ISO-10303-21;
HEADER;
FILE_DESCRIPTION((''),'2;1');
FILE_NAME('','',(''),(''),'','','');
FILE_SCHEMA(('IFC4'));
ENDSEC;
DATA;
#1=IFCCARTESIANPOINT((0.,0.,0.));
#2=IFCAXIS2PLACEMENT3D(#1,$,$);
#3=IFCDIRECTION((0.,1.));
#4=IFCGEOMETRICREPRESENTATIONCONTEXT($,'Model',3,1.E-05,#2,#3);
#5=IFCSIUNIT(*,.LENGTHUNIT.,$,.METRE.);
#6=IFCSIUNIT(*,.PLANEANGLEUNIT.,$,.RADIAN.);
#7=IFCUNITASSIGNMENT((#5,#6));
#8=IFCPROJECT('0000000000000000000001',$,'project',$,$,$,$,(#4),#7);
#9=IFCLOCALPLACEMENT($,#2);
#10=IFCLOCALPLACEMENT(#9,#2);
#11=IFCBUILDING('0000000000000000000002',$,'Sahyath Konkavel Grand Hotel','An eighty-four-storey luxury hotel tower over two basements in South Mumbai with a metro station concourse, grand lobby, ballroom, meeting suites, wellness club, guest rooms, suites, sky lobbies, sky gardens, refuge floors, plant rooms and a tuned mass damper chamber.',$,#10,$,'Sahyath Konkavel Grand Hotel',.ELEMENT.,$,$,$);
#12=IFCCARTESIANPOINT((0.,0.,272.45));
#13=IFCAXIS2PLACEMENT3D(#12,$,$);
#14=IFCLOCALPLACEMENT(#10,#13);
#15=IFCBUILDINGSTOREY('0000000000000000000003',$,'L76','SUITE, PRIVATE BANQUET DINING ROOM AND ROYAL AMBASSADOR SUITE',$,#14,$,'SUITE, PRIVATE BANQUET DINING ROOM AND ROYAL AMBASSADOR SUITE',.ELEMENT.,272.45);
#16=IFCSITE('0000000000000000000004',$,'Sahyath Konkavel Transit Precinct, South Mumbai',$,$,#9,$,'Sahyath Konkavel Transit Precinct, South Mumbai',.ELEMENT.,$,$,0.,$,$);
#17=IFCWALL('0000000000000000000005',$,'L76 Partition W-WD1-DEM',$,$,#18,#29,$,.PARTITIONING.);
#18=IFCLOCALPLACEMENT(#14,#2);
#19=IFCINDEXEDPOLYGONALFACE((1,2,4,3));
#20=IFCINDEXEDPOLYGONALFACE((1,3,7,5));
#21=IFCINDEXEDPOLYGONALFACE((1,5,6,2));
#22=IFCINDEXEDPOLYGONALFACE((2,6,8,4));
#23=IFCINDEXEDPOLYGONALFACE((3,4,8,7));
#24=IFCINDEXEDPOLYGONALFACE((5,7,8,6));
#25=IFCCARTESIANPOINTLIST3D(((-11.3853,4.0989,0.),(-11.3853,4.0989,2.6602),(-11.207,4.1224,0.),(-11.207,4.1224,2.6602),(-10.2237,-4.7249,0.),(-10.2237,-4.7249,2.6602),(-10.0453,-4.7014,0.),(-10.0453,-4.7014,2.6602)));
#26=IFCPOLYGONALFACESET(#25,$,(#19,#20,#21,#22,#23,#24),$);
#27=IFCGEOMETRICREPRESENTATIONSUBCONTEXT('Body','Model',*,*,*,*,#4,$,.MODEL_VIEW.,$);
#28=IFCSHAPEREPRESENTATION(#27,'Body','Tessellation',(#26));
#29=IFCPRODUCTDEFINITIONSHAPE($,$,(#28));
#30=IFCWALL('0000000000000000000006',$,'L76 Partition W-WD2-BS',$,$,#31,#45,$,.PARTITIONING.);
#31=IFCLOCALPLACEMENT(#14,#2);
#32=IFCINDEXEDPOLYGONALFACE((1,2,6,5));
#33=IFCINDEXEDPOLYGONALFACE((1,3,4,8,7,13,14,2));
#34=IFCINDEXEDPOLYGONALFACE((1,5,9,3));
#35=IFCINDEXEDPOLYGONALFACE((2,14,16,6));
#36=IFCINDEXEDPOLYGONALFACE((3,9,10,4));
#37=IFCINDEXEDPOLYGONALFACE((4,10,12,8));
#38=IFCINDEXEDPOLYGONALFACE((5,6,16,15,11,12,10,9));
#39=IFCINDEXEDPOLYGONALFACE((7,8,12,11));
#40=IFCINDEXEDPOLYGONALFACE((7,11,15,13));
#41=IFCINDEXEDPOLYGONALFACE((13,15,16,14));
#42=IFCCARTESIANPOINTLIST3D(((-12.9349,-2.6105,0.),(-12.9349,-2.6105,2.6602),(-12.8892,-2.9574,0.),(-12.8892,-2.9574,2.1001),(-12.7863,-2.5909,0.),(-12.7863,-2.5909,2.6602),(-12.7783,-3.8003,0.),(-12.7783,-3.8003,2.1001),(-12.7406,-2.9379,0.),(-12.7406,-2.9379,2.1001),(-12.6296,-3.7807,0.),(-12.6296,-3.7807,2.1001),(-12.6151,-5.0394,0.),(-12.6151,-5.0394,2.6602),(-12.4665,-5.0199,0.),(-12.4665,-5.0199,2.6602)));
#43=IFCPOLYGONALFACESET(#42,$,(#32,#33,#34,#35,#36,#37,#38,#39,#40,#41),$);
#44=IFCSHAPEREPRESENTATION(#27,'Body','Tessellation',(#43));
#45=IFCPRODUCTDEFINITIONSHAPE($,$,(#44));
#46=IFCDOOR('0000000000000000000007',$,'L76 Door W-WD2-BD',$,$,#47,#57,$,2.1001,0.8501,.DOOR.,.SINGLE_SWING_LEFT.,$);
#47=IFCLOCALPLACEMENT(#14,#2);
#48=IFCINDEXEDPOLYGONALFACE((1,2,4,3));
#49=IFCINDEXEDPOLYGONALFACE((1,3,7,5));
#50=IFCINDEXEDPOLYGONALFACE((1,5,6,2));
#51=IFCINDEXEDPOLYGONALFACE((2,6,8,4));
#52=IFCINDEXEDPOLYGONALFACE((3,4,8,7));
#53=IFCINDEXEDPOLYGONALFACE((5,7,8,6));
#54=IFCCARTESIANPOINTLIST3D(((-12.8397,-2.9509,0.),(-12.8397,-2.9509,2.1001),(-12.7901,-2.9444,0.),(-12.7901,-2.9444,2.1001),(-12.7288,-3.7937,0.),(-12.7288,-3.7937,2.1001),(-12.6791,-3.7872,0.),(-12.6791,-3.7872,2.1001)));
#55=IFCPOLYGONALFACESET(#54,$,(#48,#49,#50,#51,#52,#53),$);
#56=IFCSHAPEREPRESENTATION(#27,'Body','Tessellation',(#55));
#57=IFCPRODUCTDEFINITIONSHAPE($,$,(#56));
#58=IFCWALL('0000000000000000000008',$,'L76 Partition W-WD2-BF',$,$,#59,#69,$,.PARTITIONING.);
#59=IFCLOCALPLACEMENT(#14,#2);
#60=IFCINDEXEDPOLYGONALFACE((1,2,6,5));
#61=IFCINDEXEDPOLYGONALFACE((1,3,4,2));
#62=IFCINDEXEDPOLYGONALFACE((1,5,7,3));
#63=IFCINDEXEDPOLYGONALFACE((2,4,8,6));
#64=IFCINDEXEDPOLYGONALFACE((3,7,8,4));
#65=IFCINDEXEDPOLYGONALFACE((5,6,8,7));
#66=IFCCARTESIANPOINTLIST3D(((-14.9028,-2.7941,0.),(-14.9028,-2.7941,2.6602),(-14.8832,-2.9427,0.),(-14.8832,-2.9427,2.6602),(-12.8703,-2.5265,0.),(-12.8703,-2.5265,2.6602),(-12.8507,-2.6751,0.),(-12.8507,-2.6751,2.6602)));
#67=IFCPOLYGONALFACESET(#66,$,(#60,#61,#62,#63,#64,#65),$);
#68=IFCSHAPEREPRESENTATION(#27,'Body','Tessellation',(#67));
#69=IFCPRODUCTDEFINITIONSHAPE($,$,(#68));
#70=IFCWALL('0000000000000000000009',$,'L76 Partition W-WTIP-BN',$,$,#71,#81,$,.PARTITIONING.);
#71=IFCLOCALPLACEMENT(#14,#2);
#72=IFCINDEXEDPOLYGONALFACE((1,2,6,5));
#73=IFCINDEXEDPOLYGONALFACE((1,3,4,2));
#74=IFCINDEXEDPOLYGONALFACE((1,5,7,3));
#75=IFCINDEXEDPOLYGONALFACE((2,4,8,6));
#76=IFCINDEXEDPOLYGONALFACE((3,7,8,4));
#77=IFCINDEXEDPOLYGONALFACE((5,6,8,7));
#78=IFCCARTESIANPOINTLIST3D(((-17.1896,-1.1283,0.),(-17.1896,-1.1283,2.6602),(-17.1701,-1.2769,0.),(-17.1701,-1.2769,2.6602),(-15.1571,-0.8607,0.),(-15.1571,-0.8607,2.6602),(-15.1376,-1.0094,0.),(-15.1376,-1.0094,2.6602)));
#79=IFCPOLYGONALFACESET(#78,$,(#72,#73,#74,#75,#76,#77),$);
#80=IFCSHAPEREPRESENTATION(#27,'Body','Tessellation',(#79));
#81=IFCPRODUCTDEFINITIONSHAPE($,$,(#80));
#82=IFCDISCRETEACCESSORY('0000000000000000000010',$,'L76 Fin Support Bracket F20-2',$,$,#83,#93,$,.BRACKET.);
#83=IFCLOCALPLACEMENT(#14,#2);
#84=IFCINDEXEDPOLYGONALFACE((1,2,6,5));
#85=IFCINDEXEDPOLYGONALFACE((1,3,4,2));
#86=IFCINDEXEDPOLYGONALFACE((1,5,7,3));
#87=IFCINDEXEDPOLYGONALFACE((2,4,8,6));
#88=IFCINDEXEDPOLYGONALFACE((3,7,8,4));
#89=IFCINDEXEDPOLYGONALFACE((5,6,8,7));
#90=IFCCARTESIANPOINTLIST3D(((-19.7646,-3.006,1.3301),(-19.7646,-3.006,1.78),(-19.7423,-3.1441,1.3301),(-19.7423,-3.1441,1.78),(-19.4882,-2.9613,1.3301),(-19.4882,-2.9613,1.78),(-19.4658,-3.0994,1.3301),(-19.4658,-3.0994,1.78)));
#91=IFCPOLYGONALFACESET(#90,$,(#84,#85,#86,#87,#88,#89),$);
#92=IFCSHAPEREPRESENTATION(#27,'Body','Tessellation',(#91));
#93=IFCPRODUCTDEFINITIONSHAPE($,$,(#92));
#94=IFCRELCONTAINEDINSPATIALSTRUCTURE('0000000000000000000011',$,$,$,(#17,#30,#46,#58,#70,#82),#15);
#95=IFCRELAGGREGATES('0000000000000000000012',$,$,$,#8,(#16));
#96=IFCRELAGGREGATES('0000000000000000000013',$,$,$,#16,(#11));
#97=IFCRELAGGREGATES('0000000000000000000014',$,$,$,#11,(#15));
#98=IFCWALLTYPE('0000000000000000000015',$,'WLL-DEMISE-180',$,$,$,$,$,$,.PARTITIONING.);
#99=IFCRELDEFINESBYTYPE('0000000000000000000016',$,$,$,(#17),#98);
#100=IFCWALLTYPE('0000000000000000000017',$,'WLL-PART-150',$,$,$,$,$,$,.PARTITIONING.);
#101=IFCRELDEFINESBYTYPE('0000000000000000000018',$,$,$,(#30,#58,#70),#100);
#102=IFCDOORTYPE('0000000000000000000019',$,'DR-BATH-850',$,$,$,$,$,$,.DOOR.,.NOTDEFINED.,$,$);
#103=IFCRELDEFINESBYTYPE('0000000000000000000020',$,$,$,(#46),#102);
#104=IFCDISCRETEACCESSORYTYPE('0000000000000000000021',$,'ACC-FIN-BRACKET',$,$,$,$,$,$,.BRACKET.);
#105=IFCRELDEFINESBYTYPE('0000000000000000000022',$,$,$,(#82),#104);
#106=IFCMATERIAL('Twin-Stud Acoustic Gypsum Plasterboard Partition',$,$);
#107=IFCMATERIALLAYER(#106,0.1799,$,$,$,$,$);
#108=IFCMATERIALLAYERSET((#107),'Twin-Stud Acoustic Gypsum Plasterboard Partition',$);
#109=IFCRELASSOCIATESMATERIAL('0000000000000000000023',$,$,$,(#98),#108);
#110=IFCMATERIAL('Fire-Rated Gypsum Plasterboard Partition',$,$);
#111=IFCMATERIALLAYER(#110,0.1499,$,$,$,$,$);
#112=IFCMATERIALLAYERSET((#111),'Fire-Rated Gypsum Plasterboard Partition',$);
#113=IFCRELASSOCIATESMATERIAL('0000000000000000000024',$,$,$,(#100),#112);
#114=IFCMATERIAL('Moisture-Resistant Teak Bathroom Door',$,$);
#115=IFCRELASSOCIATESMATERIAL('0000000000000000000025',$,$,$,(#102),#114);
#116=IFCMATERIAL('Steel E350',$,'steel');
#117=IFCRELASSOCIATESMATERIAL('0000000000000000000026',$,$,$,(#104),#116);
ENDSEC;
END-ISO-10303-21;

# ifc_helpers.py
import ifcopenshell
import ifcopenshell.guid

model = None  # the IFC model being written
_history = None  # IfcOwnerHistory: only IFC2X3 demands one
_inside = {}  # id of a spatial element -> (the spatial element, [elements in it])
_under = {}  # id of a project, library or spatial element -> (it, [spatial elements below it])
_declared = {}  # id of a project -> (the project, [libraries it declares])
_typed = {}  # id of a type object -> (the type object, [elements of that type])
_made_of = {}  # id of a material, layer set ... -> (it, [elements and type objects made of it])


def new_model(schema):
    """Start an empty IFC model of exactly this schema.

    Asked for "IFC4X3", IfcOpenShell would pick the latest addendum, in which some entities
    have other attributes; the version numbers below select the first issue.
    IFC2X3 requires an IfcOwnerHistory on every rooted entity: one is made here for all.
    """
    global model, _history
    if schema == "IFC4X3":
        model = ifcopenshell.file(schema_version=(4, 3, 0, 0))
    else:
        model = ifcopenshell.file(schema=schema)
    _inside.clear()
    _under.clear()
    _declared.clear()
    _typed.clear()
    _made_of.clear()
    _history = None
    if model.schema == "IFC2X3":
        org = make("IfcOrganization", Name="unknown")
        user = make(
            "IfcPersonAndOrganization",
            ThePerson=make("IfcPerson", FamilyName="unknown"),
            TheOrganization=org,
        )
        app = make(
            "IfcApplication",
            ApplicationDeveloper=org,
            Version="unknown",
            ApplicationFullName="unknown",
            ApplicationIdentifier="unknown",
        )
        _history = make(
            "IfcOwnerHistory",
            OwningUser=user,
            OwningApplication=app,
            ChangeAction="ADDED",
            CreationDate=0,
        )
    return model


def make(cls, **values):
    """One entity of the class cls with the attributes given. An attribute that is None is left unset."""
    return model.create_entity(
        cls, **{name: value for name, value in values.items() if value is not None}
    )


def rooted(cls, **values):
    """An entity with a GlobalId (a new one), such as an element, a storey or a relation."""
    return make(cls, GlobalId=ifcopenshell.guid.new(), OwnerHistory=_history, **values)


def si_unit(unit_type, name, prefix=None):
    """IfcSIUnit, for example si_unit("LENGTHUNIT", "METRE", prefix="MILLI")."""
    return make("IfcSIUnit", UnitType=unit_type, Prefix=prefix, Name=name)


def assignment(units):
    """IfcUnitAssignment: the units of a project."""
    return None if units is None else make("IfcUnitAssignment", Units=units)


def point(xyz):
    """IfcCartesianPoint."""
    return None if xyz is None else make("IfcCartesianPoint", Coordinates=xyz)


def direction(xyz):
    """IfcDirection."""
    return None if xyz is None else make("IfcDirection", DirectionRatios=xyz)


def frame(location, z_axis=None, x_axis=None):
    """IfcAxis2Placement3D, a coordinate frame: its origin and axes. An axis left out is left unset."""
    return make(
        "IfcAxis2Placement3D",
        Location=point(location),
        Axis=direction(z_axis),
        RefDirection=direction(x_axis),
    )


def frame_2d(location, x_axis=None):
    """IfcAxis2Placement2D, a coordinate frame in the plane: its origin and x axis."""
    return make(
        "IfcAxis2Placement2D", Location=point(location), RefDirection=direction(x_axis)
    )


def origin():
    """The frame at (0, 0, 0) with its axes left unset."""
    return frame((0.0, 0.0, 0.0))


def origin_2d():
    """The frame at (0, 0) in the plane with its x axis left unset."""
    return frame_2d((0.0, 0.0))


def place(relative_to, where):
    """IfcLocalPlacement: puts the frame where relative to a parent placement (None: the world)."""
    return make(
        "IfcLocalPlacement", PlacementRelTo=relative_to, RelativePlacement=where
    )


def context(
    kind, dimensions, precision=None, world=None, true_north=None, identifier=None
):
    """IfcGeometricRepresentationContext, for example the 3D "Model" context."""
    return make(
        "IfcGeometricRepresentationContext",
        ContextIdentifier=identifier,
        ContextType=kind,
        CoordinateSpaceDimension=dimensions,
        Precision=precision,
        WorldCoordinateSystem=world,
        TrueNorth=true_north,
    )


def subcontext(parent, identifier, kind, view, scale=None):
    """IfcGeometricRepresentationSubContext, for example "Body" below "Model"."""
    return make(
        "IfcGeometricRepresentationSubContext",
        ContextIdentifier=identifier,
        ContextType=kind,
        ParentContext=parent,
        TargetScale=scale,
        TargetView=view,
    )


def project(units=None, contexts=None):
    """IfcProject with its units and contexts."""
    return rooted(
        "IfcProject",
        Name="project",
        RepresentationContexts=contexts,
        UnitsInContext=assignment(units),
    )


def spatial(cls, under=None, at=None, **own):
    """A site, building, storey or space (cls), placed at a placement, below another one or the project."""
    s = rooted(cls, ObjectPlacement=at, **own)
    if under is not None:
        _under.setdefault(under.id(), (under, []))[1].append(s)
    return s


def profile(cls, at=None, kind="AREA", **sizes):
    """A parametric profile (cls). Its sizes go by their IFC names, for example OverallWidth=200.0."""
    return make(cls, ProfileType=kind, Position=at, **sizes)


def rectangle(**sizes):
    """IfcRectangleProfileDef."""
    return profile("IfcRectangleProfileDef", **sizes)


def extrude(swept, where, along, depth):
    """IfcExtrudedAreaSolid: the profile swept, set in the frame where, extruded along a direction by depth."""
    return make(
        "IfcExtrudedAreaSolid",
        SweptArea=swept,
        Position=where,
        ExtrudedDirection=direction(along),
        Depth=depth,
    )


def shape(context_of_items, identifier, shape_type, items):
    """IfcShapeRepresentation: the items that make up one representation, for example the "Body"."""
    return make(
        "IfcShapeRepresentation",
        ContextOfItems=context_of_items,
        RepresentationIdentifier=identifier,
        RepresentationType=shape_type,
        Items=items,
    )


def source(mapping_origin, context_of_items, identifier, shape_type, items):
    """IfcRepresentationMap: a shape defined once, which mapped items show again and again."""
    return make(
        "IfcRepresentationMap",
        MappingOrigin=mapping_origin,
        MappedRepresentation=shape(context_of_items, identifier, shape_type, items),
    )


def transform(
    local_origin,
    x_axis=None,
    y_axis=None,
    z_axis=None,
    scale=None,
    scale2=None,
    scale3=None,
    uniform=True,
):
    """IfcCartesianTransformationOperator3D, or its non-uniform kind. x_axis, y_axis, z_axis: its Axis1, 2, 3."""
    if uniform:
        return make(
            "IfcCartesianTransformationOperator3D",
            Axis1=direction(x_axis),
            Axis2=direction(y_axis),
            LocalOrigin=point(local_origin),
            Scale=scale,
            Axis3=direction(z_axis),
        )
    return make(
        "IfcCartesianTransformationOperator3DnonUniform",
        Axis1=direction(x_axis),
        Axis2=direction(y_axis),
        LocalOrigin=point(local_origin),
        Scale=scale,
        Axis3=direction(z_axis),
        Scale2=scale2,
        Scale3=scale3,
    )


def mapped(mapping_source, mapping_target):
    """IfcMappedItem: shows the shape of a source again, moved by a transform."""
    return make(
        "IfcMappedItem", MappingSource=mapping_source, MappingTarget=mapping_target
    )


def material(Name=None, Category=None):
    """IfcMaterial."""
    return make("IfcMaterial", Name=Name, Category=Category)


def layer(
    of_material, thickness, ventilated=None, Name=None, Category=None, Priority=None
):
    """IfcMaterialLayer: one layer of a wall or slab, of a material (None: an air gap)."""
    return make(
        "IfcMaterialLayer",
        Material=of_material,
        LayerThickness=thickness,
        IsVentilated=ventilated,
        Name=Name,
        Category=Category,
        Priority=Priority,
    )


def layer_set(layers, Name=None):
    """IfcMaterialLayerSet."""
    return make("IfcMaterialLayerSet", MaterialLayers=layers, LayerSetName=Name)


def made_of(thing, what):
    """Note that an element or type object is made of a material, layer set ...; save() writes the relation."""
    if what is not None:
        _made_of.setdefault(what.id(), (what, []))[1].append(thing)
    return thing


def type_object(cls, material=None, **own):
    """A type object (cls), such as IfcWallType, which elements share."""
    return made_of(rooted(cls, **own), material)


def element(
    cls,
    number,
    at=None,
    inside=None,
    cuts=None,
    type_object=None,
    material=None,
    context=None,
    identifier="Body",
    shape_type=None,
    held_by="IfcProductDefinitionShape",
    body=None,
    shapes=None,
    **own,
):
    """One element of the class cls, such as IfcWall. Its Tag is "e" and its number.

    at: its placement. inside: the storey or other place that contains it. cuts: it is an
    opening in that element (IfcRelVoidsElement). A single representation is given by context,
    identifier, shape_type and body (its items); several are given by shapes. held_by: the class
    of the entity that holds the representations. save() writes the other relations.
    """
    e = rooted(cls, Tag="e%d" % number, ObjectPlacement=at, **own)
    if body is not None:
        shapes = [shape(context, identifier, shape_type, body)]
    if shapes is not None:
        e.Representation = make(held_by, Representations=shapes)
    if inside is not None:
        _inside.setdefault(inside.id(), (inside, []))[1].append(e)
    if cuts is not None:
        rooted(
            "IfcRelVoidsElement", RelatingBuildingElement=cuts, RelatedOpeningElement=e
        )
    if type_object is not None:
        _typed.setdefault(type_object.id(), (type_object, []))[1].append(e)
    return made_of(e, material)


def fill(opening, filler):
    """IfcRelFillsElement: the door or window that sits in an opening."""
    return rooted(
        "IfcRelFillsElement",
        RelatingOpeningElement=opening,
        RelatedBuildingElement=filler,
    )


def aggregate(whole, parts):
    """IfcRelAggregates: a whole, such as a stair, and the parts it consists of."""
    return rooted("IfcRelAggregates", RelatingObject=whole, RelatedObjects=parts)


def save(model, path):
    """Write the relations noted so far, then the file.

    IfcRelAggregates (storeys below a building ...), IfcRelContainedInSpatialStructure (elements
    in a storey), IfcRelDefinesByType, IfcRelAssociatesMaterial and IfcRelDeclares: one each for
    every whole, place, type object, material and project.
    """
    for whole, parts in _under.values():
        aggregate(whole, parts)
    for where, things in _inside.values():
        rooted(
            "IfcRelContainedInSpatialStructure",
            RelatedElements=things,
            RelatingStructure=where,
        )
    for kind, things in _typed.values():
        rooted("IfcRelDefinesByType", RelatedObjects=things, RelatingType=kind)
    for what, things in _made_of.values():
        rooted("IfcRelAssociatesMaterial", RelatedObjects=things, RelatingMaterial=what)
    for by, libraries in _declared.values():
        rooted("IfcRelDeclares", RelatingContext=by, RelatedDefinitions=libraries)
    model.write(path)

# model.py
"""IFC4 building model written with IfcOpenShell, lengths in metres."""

from ifc_helpers import new_model, si_unit, direction, frame, frame_2d, origin, origin_2d, place, context, subcontext, project, spatial, rectangle, extrude, source, transform, mapped, material, layer, layer_set, type_object, element, fill, save


model = new_model("IFC4")

# Units and contexts
model_context = context("Model", 3, precision=1e-05, world=origin(), true_north=direction((0.0, 1.0)))
body_context = subcontext(model_context, "Body", "Model", "MODEL_VIEW")
ifc_project = project(units=[si_unit("LENGTHUNIT", "METRE"), si_unit("PLANEANGLEUNIT", "RADIAN")], contexts=[model_context])

# Site, building, storey
site_placement = place(None, origin())
site = spatial("IfcSite", under=ifc_project, at=site_placement, Name="Sahyath Konkavel Transit Precinct, South Mumbai", LongName="Sahyath Konkavel Transit Precinct, South Mumbai", CompositionType="ELEMENT", RefElevation=0.0)
building_placement = place(site_placement, origin())
building = spatial("IfcBuilding", under=site, at=building_placement, Name="Sahyath Konkavel Grand Hotel", Description="An eighty-four-storey luxury hotel tower over two basements in South Mumbai with a metro station concourse, grand lobby, ballroom, meeting suites, wellness club, guest rooms, suites, sky lobbies, sky gardens, refuge floors, plant rooms and a tuned mass damper chamber.", LongName="Sahyath Konkavel Grand Hotel", CompositionType="ELEMENT")
storey_placement = place(building_placement, frame((0.0, 0.0, 272.45)))
storey = spatial("IfcBuildingStorey", under=building, at=storey_placement, Name="L76", Description="SUITE, PRIVATE BANQUET DINING ROOM AND ROYAL AMBASSADOR SUITE", LongName="SUITE, PRIVATE BANQUET DINING ROOM AND ROYAL AMBASSADOR SUITE", CompositionType="ELEMENT", Elevation=272.45)

# Shared definitions
ifc_material_1 = material(Name="Steel E350", Category="steel")

# Wall
ifc_material_2 = material(Name="Twin-Stud Acoustic Gypsum Plasterboard Partition")
ifc_layer_1 = layer(ifc_material_2, 0.1799)
ifc_layer_set_1 = layer_set([ifc_layer_1], Name="Twin-Stud Acoustic Gypsum Plasterboard Partition")
wall_type_1 = type_object("IfcWallType", Name="WLL-DEMISE-180", PredefinedType="PARTITIONING", material=ifc_layer_set_1)
wall_1_placement = place(storey_placement, frame((-10.1345, -4.7131, 0.0), z_axis=(0.0, 0.0, 1.0), x_axis=(-0.130521, 0.991446, 0.0)))
element("IfcWall", 1, at=wall_1_placement, inside=storey, type_object=wall_type_1, Name="L76 Partition W-WD1-DEM", PredefinedType="PARTITIONING", context=body_context, shape_type="SweptSolid", body=[
    extrude(rectangle(XDim=8.8999, YDim=0.1799, at=frame_2d((4.45, 0.0))), origin(), (0.0, 0.0, 1.0), 2.6602),
])

# Wall, opening, door
ifc_material_3 = material(Name="Fire-Rated Gypsum Plasterboard Partition")
ifc_layer_2 = layer(ifc_material_3, 0.1499)
ifc_layer_set_2 = layer_set([ifc_layer_2], Name="Fire-Rated Gypsum Plasterboard Partition")
wall_type_2 = type_object("IfcWallType", Name="WLL-PART-150", PredefinedType="PARTITIONING", material=ifc_layer_set_2)
wall_2_placement = place(storey_placement, frame((-12.5408, -5.0298, 0.0), z_axis=(0.0, 0.0, 1.0), x_axis=(-0.130545, 0.991442, 0.0)))
wall_2 = element("IfcWall", 2, at=wall_2_placement, inside=storey, type_object=wall_type_2, Name="L76 Partition W-WD2-BS", PredefinedType="PARTITIONING", context=body_context, shape_type="SweptSolid", body=[
    extrude(rectangle(XDim=2.45, YDim=0.1499, at=frame_2d((1.2251, 0.0))), origin(), (0.0, 0.0, 1.0), 2.6602),
])
opening_placement = place(wall_2_placement, frame((1.25, 0.0, 0.0)))
opening = element("IfcOpeningElement", 3, at=opening_placement, cuts=wall_2, PredefinedType="OPENING", context=body_context, shape_type="SweptSolid", body=[
    extrude(rectangle(XDim=0.8501, YDim=2.1001, at=frame_2d((0.425, 1.05))), frame((0.0, 0.085, 0.0), z_axis=(0.0, -1.0, 0.0), x_axis=(1.0, 0.0, 0.0)), (0.0, 0.0, 1.0), 0.1699),
])
ifc_material_4 = material(Name="Moisture-Resistant Teak Bathroom Door")
door_type = type_object("IfcDoorType", Name="DR-BATH-850", OperationType="NOTDEFINED", PredefinedType="DOOR", material=ifc_material_4)
shared_shape_1 = source(origin(), body_context, "Body", "SweptSolid", [
    extrude(rectangle(XDim=0.8501, YDim=0.05, at=origin_2d()), origin(), (0.0, 0.0, 1.0), 2.1001),
])
door_placement = place(opening_placement, frame((0.425, 0.0, 0.0)))
door = element("IfcDoor", 4, at=door_placement, inside=storey, type_object=door_type, Name="L76 Door W-WD2-BD", OperationType="SINGLE_SWING_LEFT", OverallHeight=2.1001, OverallWidth=0.8501, PredefinedType="DOOR", context=body_context, shape_type="MappedRepresentation", body=[
    mapped(shared_shape_1, transform((0.0, 0.0, 0.0), scale=1.0)),
])
fill(opening, door)

# Walls
for number, where, z_axis, x_axis, name in (
    (5, (-12.8606, -2.6008, 0.0), (0.0, 0.0, 1.0), (-0.991445, -0.130525, 0.0), "L76 Partition W-WD2-BF"),
    (6, (-15.1475, -0.9351, 0.0), (0.0, 0.0, 1.0), (-0.991445, -0.130525, 0.0), "L76 Partition W-WTIP-BN"),
):
    element("IfcWall", number, at=place(storey_placement, frame(where, z_axis=z_axis, x_axis=x_axis)), inside=storey, type_object=wall_type_2, Name=name, PredefinedType="PARTITIONING", context=body_context, shape_type="SweptSolid", body=[
        extrude(rectangle(XDim=2.05, YDim=0.1499, at=frame_2d((1.0249, 0.0))), origin(), (0.0, 0.0, 1.0), 2.6602),
    ])

# Discrete accessory
discrete_accessory_type = type_object("IfcDiscreteAccessoryType", Name="ACC-FIN-BRACKET", PredefinedType="BRACKET", material=ifc_material_1)
shared_shape_2 = source(origin(), body_context, "Body", "SweptSolid", [
    extrude(rectangle(XDim=0.28, YDim=0.1399, at=origin_2d()), origin(), (0.0, 0.0, 1.0), 0.45),
])
discrete_accessory_placement = place(storey_placement, frame((-19.6152, -3.0527, 1.3301), z_axis=(0.0, 0.0, 1.0), x_axis=(-0.987178, -0.159623, 0.0)))
element("IfcDiscreteAccessory", 7, at=discrete_accessory_placement, inside=storey, type_object=discrete_accessory_type, Name="L76 Fin Support Bracket F20-2", PredefinedType="BRACKET", context=body_context, shape_type="MappedRepresentation", body=[
    mapped(shared_shape_2, transform((0.0, 0.0, 0.0), scale=1.0)),
])

save(model, "model.ifc")
